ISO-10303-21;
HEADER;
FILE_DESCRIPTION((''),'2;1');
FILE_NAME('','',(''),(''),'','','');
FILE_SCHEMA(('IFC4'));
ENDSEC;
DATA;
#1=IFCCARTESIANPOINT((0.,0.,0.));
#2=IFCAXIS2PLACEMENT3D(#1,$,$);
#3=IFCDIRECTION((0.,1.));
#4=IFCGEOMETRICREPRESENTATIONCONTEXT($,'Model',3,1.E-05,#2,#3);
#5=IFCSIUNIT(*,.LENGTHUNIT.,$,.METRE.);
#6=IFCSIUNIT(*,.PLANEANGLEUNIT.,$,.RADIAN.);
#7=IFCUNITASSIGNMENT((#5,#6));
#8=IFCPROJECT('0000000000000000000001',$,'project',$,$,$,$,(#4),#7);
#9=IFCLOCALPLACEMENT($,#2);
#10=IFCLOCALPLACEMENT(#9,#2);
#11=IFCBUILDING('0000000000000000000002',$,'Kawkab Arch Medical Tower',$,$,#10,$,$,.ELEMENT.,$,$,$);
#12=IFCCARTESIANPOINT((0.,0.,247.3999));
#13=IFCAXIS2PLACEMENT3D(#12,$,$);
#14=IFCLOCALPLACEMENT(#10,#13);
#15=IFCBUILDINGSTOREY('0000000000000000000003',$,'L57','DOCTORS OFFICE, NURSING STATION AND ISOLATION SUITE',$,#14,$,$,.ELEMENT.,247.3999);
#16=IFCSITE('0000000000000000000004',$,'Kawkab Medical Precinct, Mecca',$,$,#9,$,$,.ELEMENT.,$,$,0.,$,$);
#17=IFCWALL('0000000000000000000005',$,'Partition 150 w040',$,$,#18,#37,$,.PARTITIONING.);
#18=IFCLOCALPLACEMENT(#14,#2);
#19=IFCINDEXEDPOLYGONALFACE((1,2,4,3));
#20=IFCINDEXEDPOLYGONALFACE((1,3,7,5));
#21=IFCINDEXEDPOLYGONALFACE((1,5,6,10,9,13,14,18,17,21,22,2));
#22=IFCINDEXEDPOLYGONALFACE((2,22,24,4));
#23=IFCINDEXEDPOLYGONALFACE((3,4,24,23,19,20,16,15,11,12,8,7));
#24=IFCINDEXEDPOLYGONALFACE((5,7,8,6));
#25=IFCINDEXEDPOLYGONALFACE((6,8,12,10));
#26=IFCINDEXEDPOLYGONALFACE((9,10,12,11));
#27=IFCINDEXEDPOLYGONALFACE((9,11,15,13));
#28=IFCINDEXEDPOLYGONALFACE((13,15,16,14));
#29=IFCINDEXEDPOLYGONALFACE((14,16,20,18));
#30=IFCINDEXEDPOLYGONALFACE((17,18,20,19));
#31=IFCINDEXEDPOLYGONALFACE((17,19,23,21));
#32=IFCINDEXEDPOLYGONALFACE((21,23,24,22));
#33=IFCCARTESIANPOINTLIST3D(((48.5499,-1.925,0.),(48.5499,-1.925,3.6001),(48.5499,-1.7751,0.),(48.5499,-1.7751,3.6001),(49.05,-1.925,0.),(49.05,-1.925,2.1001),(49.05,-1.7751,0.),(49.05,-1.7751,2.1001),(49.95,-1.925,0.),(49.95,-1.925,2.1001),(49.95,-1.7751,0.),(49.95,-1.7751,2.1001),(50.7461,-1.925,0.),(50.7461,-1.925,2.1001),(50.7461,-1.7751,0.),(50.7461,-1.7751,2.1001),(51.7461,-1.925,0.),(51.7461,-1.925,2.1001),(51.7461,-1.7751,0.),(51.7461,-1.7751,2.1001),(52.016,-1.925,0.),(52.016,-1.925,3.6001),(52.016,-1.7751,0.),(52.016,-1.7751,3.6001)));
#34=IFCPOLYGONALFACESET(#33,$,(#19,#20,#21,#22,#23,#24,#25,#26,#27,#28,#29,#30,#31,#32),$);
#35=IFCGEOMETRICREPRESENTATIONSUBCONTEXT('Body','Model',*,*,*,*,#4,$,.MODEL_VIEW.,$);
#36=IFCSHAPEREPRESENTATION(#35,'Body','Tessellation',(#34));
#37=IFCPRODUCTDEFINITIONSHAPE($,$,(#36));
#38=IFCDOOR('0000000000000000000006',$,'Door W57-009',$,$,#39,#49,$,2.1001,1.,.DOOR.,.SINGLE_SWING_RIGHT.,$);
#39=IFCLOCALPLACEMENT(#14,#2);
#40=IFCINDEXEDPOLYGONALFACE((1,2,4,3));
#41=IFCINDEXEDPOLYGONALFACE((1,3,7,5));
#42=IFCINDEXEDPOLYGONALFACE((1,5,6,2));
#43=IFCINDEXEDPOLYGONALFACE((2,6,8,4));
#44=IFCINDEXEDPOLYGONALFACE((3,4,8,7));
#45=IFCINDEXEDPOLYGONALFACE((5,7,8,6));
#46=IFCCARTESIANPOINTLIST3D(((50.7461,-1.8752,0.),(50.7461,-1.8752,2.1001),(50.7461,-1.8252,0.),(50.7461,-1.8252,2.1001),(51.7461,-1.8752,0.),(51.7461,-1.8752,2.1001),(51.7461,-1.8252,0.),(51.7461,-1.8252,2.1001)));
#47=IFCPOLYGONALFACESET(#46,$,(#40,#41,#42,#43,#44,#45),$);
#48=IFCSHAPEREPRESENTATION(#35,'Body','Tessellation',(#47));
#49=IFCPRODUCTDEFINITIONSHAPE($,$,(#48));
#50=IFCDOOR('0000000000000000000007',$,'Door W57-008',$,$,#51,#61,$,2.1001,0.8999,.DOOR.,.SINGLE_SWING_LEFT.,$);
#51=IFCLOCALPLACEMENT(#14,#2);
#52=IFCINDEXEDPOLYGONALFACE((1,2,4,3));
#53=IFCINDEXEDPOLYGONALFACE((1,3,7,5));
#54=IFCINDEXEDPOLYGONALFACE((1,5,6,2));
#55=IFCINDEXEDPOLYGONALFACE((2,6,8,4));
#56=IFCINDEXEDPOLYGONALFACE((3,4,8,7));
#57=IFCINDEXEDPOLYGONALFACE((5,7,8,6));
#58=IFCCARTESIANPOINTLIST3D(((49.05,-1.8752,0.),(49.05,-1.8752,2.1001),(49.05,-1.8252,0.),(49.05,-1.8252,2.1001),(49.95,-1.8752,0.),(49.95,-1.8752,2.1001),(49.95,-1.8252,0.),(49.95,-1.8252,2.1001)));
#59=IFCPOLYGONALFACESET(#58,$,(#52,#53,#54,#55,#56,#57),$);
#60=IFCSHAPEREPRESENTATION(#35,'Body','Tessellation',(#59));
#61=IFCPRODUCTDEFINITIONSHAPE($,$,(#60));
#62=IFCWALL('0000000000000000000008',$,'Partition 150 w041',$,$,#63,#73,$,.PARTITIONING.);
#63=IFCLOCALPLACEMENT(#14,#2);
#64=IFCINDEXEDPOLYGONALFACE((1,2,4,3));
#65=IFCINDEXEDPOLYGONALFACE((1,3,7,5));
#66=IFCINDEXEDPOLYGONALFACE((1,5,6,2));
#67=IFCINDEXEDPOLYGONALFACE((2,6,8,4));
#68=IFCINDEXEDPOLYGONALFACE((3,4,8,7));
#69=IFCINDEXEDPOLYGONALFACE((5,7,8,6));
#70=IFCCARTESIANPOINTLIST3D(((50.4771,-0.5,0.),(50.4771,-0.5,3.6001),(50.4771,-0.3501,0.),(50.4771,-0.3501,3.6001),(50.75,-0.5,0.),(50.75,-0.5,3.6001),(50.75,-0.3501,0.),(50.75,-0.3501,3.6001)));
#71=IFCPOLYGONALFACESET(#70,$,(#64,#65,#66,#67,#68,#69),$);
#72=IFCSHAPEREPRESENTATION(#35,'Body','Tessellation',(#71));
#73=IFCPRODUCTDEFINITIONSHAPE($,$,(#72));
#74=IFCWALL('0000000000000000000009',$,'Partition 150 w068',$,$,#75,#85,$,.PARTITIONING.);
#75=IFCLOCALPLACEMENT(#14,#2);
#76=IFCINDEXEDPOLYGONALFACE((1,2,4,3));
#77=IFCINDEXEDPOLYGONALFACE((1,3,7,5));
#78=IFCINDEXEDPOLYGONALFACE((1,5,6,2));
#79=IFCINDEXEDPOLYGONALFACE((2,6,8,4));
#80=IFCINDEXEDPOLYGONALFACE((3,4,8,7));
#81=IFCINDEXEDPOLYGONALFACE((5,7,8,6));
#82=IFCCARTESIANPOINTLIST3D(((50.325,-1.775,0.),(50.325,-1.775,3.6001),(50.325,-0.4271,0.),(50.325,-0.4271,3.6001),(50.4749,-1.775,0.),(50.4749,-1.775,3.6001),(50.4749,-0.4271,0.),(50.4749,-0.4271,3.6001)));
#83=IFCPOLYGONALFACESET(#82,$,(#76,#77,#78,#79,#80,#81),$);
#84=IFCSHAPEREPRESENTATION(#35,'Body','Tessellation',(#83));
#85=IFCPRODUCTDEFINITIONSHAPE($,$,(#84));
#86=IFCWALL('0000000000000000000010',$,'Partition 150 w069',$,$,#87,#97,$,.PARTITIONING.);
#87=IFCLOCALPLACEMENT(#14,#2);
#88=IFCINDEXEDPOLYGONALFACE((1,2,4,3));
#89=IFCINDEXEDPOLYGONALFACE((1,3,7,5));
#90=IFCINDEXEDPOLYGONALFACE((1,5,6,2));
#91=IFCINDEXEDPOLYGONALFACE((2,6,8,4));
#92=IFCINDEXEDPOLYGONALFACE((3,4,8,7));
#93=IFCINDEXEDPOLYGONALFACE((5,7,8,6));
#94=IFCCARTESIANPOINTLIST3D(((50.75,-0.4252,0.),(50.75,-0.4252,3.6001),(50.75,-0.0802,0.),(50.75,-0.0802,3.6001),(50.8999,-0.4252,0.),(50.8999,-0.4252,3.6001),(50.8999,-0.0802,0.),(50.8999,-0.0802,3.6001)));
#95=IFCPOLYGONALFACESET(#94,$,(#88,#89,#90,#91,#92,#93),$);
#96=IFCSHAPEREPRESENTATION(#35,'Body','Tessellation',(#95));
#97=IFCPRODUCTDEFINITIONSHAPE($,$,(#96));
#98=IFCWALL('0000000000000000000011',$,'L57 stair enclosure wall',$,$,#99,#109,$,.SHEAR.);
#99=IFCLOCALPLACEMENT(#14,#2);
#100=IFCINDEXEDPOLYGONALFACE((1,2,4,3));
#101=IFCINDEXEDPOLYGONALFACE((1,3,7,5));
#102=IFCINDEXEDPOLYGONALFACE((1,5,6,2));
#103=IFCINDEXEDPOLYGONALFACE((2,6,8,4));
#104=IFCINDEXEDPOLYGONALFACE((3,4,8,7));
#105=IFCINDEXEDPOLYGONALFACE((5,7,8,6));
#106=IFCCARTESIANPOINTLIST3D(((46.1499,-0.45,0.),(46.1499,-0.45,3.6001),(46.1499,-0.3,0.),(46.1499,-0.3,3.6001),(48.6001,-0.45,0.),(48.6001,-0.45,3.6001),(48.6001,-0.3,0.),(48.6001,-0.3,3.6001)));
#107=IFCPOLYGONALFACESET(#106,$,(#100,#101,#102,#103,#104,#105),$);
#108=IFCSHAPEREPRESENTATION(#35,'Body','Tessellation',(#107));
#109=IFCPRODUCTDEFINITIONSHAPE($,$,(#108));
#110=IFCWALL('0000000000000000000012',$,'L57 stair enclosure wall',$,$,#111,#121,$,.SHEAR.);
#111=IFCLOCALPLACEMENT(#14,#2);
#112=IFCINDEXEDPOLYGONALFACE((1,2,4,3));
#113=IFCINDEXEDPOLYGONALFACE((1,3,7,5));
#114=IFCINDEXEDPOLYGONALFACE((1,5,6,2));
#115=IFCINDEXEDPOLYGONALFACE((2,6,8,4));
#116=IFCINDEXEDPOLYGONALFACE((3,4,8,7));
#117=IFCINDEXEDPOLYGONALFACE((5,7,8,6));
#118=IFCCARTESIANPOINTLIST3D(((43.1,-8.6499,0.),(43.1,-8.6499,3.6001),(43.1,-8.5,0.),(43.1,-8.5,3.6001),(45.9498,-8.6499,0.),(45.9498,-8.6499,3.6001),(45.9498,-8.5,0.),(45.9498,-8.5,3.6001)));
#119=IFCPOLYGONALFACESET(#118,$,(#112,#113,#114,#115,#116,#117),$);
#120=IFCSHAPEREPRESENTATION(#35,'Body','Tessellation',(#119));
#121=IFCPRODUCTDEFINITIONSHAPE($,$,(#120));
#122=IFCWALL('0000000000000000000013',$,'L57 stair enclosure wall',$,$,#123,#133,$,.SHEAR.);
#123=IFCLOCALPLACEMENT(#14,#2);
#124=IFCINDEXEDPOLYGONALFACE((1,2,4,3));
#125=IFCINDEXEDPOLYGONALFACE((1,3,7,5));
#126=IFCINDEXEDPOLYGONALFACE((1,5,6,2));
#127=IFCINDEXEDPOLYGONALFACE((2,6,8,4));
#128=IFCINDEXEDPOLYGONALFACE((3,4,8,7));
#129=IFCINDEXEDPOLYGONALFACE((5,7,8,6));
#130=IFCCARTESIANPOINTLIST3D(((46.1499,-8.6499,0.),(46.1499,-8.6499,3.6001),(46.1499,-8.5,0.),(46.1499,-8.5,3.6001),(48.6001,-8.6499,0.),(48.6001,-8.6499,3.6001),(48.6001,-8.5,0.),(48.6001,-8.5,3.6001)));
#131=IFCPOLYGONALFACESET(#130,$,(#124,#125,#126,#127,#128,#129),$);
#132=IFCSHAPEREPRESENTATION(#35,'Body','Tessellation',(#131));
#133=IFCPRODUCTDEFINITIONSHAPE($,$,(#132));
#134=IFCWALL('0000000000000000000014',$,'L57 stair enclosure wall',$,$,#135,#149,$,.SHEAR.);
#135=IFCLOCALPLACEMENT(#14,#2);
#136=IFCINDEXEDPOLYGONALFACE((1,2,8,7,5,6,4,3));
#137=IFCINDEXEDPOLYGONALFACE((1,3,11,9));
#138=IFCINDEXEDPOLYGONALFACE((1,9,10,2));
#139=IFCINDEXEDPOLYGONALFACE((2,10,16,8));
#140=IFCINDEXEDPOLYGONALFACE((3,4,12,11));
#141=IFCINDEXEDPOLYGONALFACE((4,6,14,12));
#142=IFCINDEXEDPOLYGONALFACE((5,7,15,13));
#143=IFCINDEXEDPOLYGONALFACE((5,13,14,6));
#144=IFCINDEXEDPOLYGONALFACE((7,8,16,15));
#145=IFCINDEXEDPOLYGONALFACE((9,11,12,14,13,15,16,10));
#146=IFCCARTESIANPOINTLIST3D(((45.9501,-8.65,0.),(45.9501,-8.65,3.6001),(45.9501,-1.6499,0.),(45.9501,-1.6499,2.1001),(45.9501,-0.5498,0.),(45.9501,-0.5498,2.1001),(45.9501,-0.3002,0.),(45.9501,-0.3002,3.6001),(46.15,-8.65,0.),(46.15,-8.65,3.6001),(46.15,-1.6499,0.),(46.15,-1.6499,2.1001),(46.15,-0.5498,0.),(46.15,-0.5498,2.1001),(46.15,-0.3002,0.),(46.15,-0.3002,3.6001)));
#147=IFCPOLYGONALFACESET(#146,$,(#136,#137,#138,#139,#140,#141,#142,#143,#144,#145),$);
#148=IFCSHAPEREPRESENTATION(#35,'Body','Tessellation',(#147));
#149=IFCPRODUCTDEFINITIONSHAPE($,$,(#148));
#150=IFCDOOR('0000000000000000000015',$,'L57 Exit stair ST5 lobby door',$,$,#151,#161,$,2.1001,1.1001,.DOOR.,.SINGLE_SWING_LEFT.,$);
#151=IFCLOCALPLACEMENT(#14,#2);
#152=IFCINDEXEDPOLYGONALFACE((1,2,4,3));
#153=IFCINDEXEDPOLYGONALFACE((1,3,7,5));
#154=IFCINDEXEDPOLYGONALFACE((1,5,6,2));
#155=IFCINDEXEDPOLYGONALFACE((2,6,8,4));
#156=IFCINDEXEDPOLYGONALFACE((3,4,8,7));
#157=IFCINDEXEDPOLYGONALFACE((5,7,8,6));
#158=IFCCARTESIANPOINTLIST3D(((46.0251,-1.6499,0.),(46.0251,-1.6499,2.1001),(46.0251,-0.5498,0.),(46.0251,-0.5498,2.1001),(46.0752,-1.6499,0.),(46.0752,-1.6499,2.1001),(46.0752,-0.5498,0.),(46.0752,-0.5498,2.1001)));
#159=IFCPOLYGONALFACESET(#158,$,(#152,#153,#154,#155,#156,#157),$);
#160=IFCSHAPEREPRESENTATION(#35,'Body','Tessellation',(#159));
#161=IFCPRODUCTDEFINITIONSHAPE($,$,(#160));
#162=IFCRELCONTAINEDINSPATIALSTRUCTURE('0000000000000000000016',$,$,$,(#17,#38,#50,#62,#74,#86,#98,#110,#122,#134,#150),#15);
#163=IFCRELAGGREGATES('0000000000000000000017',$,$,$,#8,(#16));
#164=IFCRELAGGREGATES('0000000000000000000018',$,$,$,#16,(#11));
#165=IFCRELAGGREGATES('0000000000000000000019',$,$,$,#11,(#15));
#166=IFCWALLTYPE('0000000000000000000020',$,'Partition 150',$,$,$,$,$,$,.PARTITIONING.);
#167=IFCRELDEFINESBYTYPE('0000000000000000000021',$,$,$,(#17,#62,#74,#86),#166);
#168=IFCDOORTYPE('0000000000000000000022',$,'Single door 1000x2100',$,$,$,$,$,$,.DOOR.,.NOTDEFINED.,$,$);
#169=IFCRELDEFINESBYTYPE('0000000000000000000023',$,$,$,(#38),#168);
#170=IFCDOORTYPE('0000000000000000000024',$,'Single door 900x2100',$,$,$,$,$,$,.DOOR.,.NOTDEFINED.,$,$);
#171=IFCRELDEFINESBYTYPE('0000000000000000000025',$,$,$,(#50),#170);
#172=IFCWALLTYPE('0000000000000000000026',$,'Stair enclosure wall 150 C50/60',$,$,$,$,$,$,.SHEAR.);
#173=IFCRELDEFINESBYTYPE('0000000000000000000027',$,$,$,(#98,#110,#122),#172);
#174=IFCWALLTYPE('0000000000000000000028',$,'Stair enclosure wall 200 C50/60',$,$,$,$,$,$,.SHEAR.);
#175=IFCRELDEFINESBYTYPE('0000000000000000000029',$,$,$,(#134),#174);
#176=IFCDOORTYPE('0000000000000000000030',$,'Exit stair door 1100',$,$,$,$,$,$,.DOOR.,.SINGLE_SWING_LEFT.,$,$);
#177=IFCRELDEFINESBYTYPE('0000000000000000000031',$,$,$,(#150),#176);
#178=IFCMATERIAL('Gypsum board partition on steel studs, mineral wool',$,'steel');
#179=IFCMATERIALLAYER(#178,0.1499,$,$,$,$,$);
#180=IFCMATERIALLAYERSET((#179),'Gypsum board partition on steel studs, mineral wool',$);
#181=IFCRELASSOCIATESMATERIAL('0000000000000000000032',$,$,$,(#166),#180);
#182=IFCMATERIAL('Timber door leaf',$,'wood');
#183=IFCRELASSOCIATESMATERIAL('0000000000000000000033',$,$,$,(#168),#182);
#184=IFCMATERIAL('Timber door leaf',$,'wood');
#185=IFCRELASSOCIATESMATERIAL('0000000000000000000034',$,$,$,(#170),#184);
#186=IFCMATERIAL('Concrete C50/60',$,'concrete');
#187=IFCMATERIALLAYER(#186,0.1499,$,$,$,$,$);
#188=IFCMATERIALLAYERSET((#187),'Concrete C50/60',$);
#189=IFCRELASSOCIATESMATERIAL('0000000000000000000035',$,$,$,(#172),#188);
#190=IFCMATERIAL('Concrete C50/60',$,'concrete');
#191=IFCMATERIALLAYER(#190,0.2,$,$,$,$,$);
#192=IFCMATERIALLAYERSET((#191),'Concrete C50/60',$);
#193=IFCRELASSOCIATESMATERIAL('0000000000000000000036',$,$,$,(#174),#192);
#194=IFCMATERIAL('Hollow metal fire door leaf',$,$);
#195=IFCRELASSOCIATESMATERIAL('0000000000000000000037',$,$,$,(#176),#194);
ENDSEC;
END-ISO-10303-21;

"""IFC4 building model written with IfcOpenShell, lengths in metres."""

from ifc_helpers import new_model, si_unit, direction, frame, frame_2d, origin, place, context, subcontext, project, spatial, rectangle, extrude, material, layer, layer_set, type_object, element, fill, save


model = new_model("IFC4")

# Units and contexts
model_context = context("Model", 3, precision=1e-05, world=origin(), true_north=direction((0.0, 1.0)))
body_context = subcontext(model_context, "Body", "Model", "MODEL_VIEW")
ifc_project = project(units=[si_unit("LENGTHUNIT", "METRE"), si_unit("PLANEANGLEUNIT", "RADIAN")], contexts=[model_context])

# Site, building, storey
site_placement = place(None, origin())
site = spatial("IfcSite", under=ifc_project, at=site_placement, Name="Kawkab Medical Precinct, Mecca", CompositionType="ELEMENT", RefElevation=0.0)
building_placement = place(site_placement, origin())
building = spatial("IfcBuilding", under=site, at=building_placement, Name="Kawkab Arch Medical Tower", CompositionType="ELEMENT")
storey_placement = place(building_placement, frame((0.0, 0.0, 247.3999)))
storey = spatial("IfcBuildingStorey", under=building, at=storey_placement, Name="L57", Description="DOCTORS OFFICE, NURSING STATION AND ISOLATION SUITE", CompositionType="ELEMENT", Elevation=247.3999)

# Wall, openings, doors
ifc_material_1 = material(Name="Gypsum board partition on steel studs, mineral wool", Category="steel")
ifc_layer_1 = layer(ifc_material_1, 0.1499)
ifc_layer_set_1 = layer_set([ifc_layer_1], Name="Gypsum board partition on steel studs, mineral wool")
wall_type_1 = type_object("IfcWallType", Name="Partition 150", PredefinedType="PARTITIONING", material=ifc_layer_set_1)
wall_1_placement = place(storey_placement, frame((48.55, -1.8501, 0.0), z_axis=(0.0, 0.0, 1.0), x_axis=(1.0, 0.0, 0.0)))
wall_1 = element("IfcWall", 1, at=wall_1_placement, inside=storey, type_object=wall_type_1, Name="Partition 150 w040", PredefinedType="PARTITIONING", context=body_context, shape_type="SweptSolid", body=[
    extrude(rectangle(XDim=3.4661, YDim=0.1499, at=frame_2d((1.7329, 0.0))), origin(), (0.0, 0.0, 1.0), 3.6001),
])
opening_1_placement = place(wall_1_placement, frame((0.5, 0.0, 0.0)))
opening_1 = element("IfcOpeningElement", 2, at=opening_1_placement, cuts=wall_1, PredefinedType="OPENING", context=body_context, shape_type="SweptSolid", body=[
    extrude(rectangle(XDim=0.8999, YDim=2.1001, at=frame_2d((0.45, 1.05))), frame((0.0, 0.085, 0.0), z_axis=(0.0, -1.0, 0.0), x_axis=(1.0, 0.0, 0.0)), (0.0, 0.0, 1.0), 0.1699),
])
opening_2_placement = place(wall_1_placement, frame((2.196, 0.0, 0.0)))
opening_2 = element("IfcOpeningElement", 3, at=opening_2_placement, cuts=wall_1, PredefinedType="OPENING", context=body_context, shape_type="SweptSolid", body=[
    extrude(rectangle(XDim=1.0, YDim=2.1001, at=frame_2d((0.5, 1.05))), frame((0.0, 0.085, 0.0), z_axis=(0.0, -1.0, 0.0), x_axis=(1.0, 0.0, 0.0)), (0.0, 0.0, 1.0), 0.1699),
])
ifc_material_2 = material(Name="Timber door leaf", Category="wood")
door_type_1 = type_object("IfcDoorType", Name="Single door 1000x2100", OperationType="NOTDEFINED", PredefinedType="DOOR", material=ifc_material_2)
door_1_placement = place(opening_2_placement, origin())
door_1 = element("IfcDoor", 4, at=door_1_placement, inside=storey, type_object=door_type_1, Name="Door W57-009", OperationType="SINGLE_SWING_RIGHT", OverallHeight=2.1001, OverallWidth=1.0, PredefinedType="DOOR", context=body_context, shape_type="SweptSolid", body=[
    extrude(rectangle(XDim=1.0, YDim=2.1001, at=frame_2d((0.5, 1.05))), frame((0.0, 0.0249, 0.0), z_axis=(0.0, -1.0, 0.0), x_axis=(1.0, 0.0, 0.0)), (0.0, 0.0, 1.0), 0.05),
])
fill(opening_2, door_1)
ifc_material_3 = material(Name="Timber door leaf", Category="wood")
door_type_2 = type_object("IfcDoorType", Name="Single door 900x2100", OperationType="NOTDEFINED", PredefinedType="DOOR", material=ifc_material_3)
door_2_placement = place(opening_1_placement, origin())
door_2 = element("IfcDoor", 5, at=door_2_placement, inside=storey, type_object=door_type_2, Name="Door W57-008", OperationType="SINGLE_SWING_LEFT", OverallHeight=2.1001, OverallWidth=0.8999, PredefinedType="DOOR", context=body_context, shape_type="SweptSolid", body=[
    extrude(rectangle(XDim=0.8999, YDim=2.1001, at=frame_2d((0.45, 1.05))), frame((0.0, 0.0249, 0.0), z_axis=(0.0, -1.0, 0.0), x_axis=(1.0, 0.0, 0.0)), (0.0, 0.0, 1.0), 0.05),
])
fill(opening_1, door_2)

# Walls
wall_2_placement = place(storey_placement, frame((50.4771, -0.425, 0.0), z_axis=(0.0, 0.0, 1.0), x_axis=(1.0, 0.0, 0.0)))
element("IfcWall", 6, at=wall_2_placement, inside=storey, type_object=wall_type_1, Name="Partition 150 w041", PredefinedType="PARTITIONING", context=body_context, shape_type="SweptSolid", body=[
    extrude(rectangle(XDim=0.2729, YDim=0.1499, at=frame_2d((0.1365, 0.0))), origin(), (0.0, 0.0, 1.0), 3.6001),
])
wall_3_placement = place(storey_placement, frame((50.3999, -1.7749, 0.0), z_axis=(0.0, 0.0, 1.0), x_axis=(0.0, 1.0, 0.0)))
element("IfcWall", 7, at=wall_3_placement, inside=storey, type_object=wall_type_1, Name="Partition 150 w068", PredefinedType="PARTITIONING", context=body_context, shape_type="SweptSolid", body=[
    extrude(rectangle(XDim=1.3479, YDim=0.1499, at=frame_2d((0.6738, 0.0))), origin(), (0.0, 0.0, 1.0), 3.6001),
])
wall_4_placement = place(storey_placement, frame((50.825, -0.425, 0.0), z_axis=(0.0, 0.0, 1.0), x_axis=(0.0, 1.0, 0.0)))
element("IfcWall", 8, at=wall_4_placement, inside=storey, type_object=wall_type_1, Name="Partition 150 w069", PredefinedType="PARTITIONING", context=body_context, shape_type="SweptSolid", body=[
    extrude(rectangle(XDim=0.345, YDim=0.1499, at=frame_2d((0.1724, 0.0))), origin(), (0.0, 0.0, 1.0), 3.6001),
])
ifc_material_4 = material(Name="Concrete C50/60", Category="concrete")
ifc_layer_2 = layer(ifc_material_4, 0.1499)
ifc_layer_set_2 = layer_set([ifc_layer_2], Name="Concrete C50/60")
wall_type_2 = type_object("IfcWallType", Name="Stair enclosure wall 150 C50/60", PredefinedType="SHEAR", material=ifc_layer_set_2)
wall_5_placement = place(storey_placement, frame((46.1499, -0.375, 0.0), z_axis=(0.0, 0.0, 1.0), x_axis=(1.0, 0.0, 0.0)))
element("IfcWall", 9, at=wall_5_placement, inside=storey, type_object=wall_type_2, Name="L57 stair enclosure wall", PredefinedType="SHEAR", context=body_context, shape_type="SweptSolid", body=[
    extrude(rectangle(XDim=2.4502, YDim=0.1499, at=frame_2d((1.2251, 0.0))), origin(), (0.0, 0.0, 1.0), 3.6001),
])
wall_6_placement = place(storey_placement, frame((43.1001, -8.575, 0.0), z_axis=(0.0, 0.0, 1.0), x_axis=(1.0, 0.0, 0.0)))
element("IfcWall", 10, at=wall_6_placement, inside=storey, type_object=wall_type_2, Name="L57 stair enclosure wall", PredefinedType="SHEAR", context=body_context, shape_type="SweptSolid", body=[
    extrude(rectangle(XDim=2.8499, YDim=0.1499, at=frame_2d((1.4248, 0.0))), origin(), (0.0, 0.0, 1.0), 3.6001),
])
wall_7_placement = place(storey_placement, frame((46.1499, -8.575, 0.0), z_axis=(0.0, 0.0, 1.0), x_axis=(1.0, 0.0, 0.0)))
element("IfcWall", 11, at=wall_7_placement, inside=storey, type_object=wall_type_2, Name="L57 stair enclosure wall", PredefinedType="SHEAR", context=body_context, shape_type="SweptSolid", body=[
    extrude(rectangle(XDim=2.4502, YDim=0.1499, at=frame_2d((1.2251, 0.0))), origin(), (0.0, 0.0, 1.0), 3.6001),
])

# Wall, opening, door
ifc_material_5 = material(Name="Concrete C50/60", Category="concrete")
ifc_layer_3 = layer(ifc_material_5, 0.2)
ifc_layer_set_3 = layer_set([ifc_layer_3], Name="Concrete C50/60")
wall_type_3 = type_object("IfcWallType", Name="Stair enclosure wall 200 C50/60", PredefinedType="SHEAR", material=ifc_layer_set_3)
wall_8_placement = place(storey_placement, frame((46.05, -8.6499, 0.0), z_axis=(0.0, 0.0, 1.0), x_axis=(0.0, 1.0, 0.0)))
wall_8 = element("IfcWall", 12, at=wall_8_placement, inside=storey, type_object=wall_type_3, Name="L57 stair enclosure wall", PredefinedType="SHEAR", context=body_context, shape_type="SweptSolid", body=[
    extrude(rectangle(XDim=8.3499, YDim=0.2, at=frame_2d((4.1748, 0.0))), origin(), (0.0, 0.0, 1.0), 3.6001),
])
opening_3_placement = place(wall_8_placement, frame((7.0, 0.0, 0.0)))
opening_3 = element("IfcOpeningElement", 13, at=opening_3_placement, cuts=wall_8, PredefinedType="OPENING", context=body_context, shape_type="SweptSolid", body=[
    extrude(rectangle(XDim=1.1001, YDim=2.1001, at=frame_2d((0.55, 1.05))), frame((0.0, 0.1099, 0.0), z_axis=(0.0, -1.0, 0.0), x_axis=(1.0, 0.0, 0.0)), (0.0, 0.0, 1.0), 0.22),
])
ifc_material_6 = material(Name="Hollow metal fire door leaf")
door_type_3 = type_object("IfcDoorType", Name="Exit stair door 1100", OperationType="SINGLE_SWING_LEFT", PredefinedType="DOOR", material=ifc_material_6)
door_3_placement = place(opening_3_placement, origin())
door_3 = element("IfcDoor", 14, at=door_3_placement, inside=storey, type_object=door_type_3, Name="L57 Exit stair ST5 lobby door", OperationType="SINGLE_SWING_LEFT", OverallHeight=2.1001, OverallWidth=1.1001, PredefinedType="DOOR", context=body_context, shape_type="SweptSolid", body=[
    extrude(rectangle(XDim=1.1001, YDim=2.1001, at=frame_2d((0.55, 1.05))), frame((0.0, 0.0249, 0.0), z_axis=(0.0, -1.0, 0.0), x_axis=(1.0, 0.0, 0.0)), (0.0, 0.0, 1.0), 0.05),
])
fill(opening_3, door_3)

save(model, "model.ifc")
